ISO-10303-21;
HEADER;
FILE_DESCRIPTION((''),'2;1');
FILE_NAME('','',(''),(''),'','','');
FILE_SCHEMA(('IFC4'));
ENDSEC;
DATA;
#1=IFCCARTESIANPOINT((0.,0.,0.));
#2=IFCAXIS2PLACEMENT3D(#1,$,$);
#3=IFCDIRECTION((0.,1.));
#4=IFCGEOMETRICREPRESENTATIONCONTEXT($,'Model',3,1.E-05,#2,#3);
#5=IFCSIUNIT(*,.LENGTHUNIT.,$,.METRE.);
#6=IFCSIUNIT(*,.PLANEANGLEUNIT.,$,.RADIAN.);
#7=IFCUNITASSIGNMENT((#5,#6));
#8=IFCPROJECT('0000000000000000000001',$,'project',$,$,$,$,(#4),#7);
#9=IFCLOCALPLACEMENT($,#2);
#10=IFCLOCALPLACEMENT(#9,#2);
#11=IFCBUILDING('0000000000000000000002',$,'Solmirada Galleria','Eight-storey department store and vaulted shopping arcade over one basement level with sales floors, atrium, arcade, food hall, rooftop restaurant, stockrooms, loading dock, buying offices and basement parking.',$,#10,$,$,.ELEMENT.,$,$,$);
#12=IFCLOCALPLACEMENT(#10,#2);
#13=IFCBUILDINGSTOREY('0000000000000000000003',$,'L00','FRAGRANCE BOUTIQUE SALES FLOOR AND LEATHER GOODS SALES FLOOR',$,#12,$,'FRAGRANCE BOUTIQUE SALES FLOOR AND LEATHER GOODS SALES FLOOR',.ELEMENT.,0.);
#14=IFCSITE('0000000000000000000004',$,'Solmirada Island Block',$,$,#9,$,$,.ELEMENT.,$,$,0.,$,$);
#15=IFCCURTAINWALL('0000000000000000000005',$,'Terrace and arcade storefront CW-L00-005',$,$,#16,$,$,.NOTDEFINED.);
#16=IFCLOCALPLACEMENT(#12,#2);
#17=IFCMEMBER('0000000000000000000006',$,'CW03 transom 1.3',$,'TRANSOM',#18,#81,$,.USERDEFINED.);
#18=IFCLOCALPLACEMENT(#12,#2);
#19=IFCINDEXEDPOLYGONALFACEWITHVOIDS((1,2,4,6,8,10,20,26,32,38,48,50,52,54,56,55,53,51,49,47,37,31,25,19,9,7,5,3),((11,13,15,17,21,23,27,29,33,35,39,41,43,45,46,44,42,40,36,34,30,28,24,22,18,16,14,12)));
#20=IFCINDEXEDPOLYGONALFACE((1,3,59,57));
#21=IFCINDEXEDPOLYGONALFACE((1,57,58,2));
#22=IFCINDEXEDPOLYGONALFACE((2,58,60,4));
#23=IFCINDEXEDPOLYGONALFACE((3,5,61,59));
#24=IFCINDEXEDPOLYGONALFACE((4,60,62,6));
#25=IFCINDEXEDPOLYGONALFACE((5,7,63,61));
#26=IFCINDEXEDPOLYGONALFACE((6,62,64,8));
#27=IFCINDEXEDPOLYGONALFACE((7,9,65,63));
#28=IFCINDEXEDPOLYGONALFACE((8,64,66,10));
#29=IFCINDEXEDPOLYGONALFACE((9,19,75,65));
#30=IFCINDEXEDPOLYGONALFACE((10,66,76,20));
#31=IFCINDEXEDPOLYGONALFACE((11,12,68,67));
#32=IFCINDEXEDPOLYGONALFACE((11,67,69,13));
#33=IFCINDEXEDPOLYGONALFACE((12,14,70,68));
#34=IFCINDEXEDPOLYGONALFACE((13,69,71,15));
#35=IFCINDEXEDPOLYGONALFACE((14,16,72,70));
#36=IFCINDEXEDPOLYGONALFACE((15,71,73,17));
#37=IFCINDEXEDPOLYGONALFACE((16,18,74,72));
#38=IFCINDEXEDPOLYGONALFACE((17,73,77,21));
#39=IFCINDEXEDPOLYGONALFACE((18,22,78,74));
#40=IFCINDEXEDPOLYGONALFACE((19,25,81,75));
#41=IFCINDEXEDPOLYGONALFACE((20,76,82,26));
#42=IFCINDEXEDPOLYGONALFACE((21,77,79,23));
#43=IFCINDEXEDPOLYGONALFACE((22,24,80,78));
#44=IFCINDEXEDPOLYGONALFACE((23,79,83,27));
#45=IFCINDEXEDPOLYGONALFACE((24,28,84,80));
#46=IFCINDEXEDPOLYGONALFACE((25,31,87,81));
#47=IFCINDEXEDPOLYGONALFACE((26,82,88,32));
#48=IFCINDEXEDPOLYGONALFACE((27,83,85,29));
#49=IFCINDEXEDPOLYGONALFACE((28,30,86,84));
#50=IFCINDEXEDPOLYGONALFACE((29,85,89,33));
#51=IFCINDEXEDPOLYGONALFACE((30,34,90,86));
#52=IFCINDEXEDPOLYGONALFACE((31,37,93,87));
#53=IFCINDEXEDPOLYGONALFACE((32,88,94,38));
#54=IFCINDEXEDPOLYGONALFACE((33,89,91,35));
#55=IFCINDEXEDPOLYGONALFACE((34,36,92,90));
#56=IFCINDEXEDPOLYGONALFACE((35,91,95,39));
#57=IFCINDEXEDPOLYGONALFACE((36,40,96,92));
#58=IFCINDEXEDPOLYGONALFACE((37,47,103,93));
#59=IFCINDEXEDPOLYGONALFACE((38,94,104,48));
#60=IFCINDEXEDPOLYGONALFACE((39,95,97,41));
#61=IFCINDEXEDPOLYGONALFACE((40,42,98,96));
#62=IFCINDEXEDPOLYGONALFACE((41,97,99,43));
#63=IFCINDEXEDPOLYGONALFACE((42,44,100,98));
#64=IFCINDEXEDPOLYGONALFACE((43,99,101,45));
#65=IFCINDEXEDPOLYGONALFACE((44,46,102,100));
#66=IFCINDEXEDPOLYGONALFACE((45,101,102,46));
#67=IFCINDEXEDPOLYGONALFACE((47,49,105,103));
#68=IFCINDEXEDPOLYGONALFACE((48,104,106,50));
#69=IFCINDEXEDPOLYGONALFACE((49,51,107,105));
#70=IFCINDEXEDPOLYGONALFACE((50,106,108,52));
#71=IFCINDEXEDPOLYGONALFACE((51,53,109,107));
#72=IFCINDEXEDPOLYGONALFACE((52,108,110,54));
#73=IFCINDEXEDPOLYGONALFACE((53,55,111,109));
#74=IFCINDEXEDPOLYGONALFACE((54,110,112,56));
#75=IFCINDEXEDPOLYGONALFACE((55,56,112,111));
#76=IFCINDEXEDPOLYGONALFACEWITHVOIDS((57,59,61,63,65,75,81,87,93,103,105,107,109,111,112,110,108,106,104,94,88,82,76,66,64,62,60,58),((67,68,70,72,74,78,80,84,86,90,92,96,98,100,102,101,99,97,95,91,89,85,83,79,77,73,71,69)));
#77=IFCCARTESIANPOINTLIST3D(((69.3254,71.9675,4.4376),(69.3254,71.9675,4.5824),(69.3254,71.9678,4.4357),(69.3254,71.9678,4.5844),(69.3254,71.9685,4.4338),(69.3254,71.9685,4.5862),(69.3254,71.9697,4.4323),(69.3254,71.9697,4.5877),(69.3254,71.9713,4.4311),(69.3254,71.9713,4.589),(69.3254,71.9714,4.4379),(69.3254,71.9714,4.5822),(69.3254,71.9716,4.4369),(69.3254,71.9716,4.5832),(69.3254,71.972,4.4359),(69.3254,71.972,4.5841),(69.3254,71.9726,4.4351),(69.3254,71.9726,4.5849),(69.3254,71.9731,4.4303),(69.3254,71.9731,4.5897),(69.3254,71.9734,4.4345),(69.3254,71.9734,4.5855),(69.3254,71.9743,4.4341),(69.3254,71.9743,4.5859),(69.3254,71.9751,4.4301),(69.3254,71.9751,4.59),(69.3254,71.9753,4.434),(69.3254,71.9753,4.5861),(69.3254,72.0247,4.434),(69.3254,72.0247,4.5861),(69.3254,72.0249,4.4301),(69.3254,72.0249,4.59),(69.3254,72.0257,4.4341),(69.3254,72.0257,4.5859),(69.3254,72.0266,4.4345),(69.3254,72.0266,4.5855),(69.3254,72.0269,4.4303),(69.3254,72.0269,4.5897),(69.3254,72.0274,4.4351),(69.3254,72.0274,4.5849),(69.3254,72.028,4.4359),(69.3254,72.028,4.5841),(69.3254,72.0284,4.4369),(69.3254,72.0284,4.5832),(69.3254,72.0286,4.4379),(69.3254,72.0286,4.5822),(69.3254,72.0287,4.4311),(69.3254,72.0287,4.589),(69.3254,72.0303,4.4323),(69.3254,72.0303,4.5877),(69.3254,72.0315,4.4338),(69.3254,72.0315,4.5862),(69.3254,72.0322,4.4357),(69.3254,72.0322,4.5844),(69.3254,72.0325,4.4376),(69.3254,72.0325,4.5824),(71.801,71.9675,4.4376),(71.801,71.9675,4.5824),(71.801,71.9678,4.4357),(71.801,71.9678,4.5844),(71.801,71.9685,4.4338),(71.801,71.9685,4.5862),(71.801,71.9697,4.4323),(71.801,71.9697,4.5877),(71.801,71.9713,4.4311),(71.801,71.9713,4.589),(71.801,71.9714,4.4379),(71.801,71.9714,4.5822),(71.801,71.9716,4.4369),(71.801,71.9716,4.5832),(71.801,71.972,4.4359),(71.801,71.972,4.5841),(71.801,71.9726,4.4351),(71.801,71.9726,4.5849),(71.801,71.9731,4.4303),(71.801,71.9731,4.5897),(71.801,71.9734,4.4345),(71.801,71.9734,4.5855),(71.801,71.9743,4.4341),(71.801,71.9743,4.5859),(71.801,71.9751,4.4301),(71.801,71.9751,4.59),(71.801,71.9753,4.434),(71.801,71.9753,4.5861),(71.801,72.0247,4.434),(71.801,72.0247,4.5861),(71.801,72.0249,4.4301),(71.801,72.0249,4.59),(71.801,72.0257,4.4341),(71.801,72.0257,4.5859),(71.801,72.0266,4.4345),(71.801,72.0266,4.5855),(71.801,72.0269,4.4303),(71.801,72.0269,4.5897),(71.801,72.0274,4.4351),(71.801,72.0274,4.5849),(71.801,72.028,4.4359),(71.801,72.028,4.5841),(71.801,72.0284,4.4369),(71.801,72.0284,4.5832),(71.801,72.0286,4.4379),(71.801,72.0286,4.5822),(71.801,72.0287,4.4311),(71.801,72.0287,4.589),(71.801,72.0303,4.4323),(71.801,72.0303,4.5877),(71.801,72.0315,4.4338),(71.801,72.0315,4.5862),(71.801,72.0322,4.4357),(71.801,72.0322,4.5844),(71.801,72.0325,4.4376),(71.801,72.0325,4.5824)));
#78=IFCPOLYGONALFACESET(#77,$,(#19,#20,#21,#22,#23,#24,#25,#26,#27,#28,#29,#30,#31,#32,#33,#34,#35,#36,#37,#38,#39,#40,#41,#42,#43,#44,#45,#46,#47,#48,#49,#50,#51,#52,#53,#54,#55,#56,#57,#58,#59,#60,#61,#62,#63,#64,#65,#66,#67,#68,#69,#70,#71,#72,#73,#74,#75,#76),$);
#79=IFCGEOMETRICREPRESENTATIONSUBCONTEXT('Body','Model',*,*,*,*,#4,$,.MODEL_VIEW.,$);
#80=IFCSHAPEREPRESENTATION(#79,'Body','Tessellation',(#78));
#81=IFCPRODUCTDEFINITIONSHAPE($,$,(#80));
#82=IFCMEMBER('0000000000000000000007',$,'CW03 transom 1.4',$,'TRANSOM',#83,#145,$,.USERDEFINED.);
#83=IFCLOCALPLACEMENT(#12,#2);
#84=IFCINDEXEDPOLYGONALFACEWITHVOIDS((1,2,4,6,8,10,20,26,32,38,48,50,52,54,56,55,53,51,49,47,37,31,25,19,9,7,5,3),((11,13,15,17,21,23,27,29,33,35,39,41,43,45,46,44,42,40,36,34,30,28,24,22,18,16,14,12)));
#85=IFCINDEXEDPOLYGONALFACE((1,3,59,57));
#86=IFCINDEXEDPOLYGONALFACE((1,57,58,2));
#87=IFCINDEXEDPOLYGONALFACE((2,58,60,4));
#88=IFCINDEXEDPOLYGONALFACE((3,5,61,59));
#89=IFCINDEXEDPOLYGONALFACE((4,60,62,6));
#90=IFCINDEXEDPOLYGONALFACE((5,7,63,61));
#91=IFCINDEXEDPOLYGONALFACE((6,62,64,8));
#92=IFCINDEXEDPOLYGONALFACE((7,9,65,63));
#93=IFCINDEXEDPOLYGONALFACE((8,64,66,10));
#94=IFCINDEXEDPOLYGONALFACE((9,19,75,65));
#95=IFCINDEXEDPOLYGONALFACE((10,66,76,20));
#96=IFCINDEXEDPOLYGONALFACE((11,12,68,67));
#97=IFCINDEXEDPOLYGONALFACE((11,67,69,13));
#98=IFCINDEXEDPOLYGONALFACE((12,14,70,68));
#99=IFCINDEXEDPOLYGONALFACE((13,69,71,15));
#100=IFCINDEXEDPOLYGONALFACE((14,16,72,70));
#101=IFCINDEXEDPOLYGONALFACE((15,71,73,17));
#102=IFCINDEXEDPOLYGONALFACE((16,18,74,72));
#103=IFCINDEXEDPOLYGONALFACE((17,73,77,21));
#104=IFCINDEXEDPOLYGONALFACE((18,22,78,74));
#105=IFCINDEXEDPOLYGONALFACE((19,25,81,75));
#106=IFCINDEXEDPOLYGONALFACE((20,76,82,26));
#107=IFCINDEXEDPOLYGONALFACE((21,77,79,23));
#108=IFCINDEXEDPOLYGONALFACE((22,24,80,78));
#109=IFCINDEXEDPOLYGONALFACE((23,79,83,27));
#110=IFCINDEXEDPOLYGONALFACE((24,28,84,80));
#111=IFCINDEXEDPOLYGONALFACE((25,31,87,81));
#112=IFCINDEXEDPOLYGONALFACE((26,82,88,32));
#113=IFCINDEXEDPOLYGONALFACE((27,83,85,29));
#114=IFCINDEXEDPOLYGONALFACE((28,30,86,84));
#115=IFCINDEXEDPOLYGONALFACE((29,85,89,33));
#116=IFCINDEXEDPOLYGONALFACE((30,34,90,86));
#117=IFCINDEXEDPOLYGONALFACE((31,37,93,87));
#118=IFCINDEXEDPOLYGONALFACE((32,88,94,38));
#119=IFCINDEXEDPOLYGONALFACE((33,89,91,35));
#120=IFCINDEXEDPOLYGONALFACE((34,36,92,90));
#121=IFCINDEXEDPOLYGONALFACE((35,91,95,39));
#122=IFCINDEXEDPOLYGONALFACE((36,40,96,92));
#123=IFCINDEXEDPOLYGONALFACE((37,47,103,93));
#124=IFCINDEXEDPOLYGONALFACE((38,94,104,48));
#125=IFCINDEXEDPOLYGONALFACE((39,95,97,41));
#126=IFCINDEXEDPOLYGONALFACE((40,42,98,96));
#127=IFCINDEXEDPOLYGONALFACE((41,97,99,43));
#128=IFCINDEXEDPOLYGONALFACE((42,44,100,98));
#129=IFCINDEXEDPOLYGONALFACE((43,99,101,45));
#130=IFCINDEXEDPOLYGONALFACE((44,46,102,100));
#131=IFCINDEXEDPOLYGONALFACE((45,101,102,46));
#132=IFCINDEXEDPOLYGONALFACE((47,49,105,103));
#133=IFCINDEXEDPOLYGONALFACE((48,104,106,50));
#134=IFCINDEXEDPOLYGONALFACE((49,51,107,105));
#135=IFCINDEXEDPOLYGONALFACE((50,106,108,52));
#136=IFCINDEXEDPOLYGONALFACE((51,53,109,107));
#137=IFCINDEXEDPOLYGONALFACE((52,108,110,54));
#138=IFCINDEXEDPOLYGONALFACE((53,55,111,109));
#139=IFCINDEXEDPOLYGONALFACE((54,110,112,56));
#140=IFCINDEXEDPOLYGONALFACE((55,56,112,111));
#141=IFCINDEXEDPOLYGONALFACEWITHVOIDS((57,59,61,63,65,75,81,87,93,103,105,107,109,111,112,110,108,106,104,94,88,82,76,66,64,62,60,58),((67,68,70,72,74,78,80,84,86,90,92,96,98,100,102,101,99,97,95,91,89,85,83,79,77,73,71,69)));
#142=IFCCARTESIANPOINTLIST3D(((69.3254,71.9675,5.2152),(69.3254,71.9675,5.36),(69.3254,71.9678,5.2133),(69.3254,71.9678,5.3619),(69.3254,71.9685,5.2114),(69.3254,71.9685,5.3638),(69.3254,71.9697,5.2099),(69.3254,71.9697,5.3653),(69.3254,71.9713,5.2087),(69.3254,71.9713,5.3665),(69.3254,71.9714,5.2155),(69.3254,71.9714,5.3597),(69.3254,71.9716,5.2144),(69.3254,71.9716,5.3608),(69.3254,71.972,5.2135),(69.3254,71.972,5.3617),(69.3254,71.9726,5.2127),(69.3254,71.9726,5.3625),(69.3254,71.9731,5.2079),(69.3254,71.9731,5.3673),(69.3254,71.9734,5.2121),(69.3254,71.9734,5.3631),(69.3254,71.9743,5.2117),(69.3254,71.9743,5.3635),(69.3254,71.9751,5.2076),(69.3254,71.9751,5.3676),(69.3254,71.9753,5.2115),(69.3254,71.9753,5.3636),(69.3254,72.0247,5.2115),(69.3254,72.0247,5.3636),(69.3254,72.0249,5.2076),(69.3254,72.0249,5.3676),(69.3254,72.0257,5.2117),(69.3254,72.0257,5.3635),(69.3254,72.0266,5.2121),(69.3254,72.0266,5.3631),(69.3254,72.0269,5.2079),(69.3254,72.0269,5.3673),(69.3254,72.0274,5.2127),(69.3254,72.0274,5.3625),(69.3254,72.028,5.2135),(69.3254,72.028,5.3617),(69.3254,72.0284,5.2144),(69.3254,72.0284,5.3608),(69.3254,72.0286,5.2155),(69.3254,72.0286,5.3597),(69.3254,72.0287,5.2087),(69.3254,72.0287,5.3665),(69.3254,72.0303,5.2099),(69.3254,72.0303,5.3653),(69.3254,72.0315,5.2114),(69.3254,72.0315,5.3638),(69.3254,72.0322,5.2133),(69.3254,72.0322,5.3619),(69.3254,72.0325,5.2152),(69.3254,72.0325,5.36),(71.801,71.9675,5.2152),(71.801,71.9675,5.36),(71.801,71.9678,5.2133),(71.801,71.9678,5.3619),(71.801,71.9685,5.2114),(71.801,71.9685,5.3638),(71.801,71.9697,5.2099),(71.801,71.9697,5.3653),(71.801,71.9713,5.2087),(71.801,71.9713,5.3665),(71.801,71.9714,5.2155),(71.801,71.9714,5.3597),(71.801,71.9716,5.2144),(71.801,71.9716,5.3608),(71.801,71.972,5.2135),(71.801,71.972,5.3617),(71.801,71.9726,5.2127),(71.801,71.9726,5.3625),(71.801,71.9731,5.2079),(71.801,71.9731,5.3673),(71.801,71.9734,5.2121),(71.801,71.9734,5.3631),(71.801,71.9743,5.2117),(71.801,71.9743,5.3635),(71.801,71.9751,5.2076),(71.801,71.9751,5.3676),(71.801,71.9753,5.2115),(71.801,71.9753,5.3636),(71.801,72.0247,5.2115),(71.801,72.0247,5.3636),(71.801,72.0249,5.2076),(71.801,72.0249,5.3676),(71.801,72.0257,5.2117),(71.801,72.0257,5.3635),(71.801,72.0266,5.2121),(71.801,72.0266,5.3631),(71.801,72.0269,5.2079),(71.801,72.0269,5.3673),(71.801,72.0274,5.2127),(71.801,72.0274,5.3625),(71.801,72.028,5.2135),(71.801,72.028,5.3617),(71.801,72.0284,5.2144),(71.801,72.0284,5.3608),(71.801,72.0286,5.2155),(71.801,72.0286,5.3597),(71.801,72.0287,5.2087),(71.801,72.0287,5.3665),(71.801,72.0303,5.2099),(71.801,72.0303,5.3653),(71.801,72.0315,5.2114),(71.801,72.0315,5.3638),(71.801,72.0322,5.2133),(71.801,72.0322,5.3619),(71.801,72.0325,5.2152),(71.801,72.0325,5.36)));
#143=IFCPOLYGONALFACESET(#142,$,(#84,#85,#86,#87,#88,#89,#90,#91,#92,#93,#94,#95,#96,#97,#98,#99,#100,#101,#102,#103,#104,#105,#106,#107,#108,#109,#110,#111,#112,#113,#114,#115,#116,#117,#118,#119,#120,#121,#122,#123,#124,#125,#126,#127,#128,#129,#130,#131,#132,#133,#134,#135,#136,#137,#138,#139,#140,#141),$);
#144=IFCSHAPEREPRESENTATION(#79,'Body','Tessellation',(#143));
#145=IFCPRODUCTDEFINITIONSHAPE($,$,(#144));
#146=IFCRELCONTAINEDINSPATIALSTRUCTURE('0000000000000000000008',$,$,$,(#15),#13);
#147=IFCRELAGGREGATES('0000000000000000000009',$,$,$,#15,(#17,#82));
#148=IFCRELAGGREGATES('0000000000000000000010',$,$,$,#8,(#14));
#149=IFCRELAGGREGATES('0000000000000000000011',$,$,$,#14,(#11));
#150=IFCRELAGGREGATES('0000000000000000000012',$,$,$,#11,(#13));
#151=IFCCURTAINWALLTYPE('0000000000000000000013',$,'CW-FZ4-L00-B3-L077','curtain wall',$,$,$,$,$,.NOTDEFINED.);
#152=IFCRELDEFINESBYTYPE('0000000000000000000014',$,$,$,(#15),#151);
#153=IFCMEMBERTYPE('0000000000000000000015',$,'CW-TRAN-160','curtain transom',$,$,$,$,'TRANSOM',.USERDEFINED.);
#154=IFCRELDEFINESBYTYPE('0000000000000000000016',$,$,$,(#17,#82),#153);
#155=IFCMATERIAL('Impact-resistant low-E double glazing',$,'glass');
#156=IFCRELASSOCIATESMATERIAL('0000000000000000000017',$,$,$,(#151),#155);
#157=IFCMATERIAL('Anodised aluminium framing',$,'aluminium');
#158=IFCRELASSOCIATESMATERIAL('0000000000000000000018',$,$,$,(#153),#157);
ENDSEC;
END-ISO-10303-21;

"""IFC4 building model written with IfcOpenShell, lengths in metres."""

from ifc_helpers import new_model, si_unit, direction, frame, origin, origin_2d, place, context, subcontext, project, spatial, hollow_rectangle, extrude, material, material_profile, profile_set, type_object, element, aggregate, save


model = new_model("IFC4")

# Units and contexts
model_context = context("Model", 3, precision=1e-05, world=origin(), true_north=direction((0.0, 1.0)))
body_context = subcontext(model_context, "Body", "Model", "MODEL_VIEW")
ifc_project = project(units=[si_unit("LENGTHUNIT", "METRE"), si_unit("PLANEANGLEUNIT", "RADIAN")], contexts=[model_context])

# Site, building, storey
site_placement = place(None, origin())
site = spatial("IfcSite", under=ifc_project, at=site_placement, Name="Solmirada Island Block", CompositionType="ELEMENT", RefElevation=0.0)
building_placement = place(site_placement, origin())
building = spatial("IfcBuilding", under=site, at=building_placement, Name="Solmirada Galleria", Description="Eight-storey department store and vaulted shopping arcade over one basement level with sales floors, atrium, arcade, food hall, rooftop restaurant, stockrooms, loading dock, buying offices and basement parking.", CompositionType="ELEMENT")
storey_placement = place(building_placement, origin())
storey = spatial("IfcBuildingStorey", under=building, at=storey_placement, Name="L00", Description="FRAGRANCE BOUTIQUE SALES FLOOR AND LEATHER GOODS SALES FLOOR", LongName="FRAGRANCE BOUTIQUE SALES FLOOR AND LEATHER GOODS SALES FLOOR", CompositionType="ELEMENT", Elevation=0.0)

# Shared definitions
ifc_material_1 = material(Name="Impact-resistant low-E double glazing", Category="glass")
ifc_material_2 = material(Name="Anodised aluminium framing", Category="aluminium")

# Curtain wall
curtain_wall_type_1 = type_object("IfcCurtainWallType", Name="CW-FZ4-L00-B3-L077", Description="curtain wall", PredefinedType="NOTDEFINED", material=ifc_material_1)
curtain_wall_1_placement = place(storey_placement, origin())
curtain_wall_1 = element("IfcCurtainWall", 1, at=curtain_wall_1_placement, inside=storey, type_object=curtain_wall_type_1, Name="Terrace and arcade storefront CW-L00-005", PredefinedType="NOTDEFINED")

# Members
ifc_material_profile_1 = material_profile(ifc_material_2, hollow_rectangle(XDim=0.0649, YDim=0.1599, WallThickness=0.0039, InnerFilletRadius=0.0039, OuterFilletRadius=0.0076, at=origin_2d()), Name="ALU-TRAN-160X65")
ifc_profile_set_1 = profile_set([ifc_material_profile_1], Name="Anodised aluminium framing")
member_type_1 = type_object("IfcMemberType", Name="CW-TRAN-160", Description="curtain transom", ElementType="TRANSOM", PredefinedType="USERDEFINED", material=ifc_profile_set_1)
member_1_placement = place(storey_placement, frame((71.801, 72.0, 4.51), z_axis=(-1.0, 0.0, 0.0), x_axis=(0.0, -1.0, 0.0)))
member_1 = element("IfcMember", 2, at=member_1_placement, type_object=member_type_1, Name="CW03 transom 1.3", ObjectType="TRANSOM", PredefinedType="USERDEFINED", context=body_context, shape_type="SweptSolid", body=[
    extrude(hollow_rectangle(XDim=0.0649, YDim=0.1599, WallThickness=0.0039, InnerFilletRadius=0.0039, OuterFilletRadius=0.0076, at=origin_2d()), origin(), (0.0, 0.0, 1.0), 2.4756),
])
member_2_placement = place(storey_placement, frame((71.801, 72.0, 5.2876), z_axis=(-1.0, 0.0, 0.0), x_axis=(0.0, -1.0, 0.0)))
member_2 = element("IfcMember", 3, at=member_2_placement, type_object=member_type_1, Name="CW03 transom 1.4", ObjectType="TRANSOM", PredefinedType="USERDEFINED", context=body_context, shape_type="SweptSolid", body=[
    extrude(hollow_rectangle(XDim=0.0649, YDim=0.1599, WallThickness=0.0039, InnerFilletRadius=0.0039, OuterFilletRadius=0.0076, at=origin_2d()), origin(), (0.0, 0.0, 1.0), 2.4756),
])

aggregate(curtain_wall_1, [member_1, member_2])

save(model, "model.ifc")
